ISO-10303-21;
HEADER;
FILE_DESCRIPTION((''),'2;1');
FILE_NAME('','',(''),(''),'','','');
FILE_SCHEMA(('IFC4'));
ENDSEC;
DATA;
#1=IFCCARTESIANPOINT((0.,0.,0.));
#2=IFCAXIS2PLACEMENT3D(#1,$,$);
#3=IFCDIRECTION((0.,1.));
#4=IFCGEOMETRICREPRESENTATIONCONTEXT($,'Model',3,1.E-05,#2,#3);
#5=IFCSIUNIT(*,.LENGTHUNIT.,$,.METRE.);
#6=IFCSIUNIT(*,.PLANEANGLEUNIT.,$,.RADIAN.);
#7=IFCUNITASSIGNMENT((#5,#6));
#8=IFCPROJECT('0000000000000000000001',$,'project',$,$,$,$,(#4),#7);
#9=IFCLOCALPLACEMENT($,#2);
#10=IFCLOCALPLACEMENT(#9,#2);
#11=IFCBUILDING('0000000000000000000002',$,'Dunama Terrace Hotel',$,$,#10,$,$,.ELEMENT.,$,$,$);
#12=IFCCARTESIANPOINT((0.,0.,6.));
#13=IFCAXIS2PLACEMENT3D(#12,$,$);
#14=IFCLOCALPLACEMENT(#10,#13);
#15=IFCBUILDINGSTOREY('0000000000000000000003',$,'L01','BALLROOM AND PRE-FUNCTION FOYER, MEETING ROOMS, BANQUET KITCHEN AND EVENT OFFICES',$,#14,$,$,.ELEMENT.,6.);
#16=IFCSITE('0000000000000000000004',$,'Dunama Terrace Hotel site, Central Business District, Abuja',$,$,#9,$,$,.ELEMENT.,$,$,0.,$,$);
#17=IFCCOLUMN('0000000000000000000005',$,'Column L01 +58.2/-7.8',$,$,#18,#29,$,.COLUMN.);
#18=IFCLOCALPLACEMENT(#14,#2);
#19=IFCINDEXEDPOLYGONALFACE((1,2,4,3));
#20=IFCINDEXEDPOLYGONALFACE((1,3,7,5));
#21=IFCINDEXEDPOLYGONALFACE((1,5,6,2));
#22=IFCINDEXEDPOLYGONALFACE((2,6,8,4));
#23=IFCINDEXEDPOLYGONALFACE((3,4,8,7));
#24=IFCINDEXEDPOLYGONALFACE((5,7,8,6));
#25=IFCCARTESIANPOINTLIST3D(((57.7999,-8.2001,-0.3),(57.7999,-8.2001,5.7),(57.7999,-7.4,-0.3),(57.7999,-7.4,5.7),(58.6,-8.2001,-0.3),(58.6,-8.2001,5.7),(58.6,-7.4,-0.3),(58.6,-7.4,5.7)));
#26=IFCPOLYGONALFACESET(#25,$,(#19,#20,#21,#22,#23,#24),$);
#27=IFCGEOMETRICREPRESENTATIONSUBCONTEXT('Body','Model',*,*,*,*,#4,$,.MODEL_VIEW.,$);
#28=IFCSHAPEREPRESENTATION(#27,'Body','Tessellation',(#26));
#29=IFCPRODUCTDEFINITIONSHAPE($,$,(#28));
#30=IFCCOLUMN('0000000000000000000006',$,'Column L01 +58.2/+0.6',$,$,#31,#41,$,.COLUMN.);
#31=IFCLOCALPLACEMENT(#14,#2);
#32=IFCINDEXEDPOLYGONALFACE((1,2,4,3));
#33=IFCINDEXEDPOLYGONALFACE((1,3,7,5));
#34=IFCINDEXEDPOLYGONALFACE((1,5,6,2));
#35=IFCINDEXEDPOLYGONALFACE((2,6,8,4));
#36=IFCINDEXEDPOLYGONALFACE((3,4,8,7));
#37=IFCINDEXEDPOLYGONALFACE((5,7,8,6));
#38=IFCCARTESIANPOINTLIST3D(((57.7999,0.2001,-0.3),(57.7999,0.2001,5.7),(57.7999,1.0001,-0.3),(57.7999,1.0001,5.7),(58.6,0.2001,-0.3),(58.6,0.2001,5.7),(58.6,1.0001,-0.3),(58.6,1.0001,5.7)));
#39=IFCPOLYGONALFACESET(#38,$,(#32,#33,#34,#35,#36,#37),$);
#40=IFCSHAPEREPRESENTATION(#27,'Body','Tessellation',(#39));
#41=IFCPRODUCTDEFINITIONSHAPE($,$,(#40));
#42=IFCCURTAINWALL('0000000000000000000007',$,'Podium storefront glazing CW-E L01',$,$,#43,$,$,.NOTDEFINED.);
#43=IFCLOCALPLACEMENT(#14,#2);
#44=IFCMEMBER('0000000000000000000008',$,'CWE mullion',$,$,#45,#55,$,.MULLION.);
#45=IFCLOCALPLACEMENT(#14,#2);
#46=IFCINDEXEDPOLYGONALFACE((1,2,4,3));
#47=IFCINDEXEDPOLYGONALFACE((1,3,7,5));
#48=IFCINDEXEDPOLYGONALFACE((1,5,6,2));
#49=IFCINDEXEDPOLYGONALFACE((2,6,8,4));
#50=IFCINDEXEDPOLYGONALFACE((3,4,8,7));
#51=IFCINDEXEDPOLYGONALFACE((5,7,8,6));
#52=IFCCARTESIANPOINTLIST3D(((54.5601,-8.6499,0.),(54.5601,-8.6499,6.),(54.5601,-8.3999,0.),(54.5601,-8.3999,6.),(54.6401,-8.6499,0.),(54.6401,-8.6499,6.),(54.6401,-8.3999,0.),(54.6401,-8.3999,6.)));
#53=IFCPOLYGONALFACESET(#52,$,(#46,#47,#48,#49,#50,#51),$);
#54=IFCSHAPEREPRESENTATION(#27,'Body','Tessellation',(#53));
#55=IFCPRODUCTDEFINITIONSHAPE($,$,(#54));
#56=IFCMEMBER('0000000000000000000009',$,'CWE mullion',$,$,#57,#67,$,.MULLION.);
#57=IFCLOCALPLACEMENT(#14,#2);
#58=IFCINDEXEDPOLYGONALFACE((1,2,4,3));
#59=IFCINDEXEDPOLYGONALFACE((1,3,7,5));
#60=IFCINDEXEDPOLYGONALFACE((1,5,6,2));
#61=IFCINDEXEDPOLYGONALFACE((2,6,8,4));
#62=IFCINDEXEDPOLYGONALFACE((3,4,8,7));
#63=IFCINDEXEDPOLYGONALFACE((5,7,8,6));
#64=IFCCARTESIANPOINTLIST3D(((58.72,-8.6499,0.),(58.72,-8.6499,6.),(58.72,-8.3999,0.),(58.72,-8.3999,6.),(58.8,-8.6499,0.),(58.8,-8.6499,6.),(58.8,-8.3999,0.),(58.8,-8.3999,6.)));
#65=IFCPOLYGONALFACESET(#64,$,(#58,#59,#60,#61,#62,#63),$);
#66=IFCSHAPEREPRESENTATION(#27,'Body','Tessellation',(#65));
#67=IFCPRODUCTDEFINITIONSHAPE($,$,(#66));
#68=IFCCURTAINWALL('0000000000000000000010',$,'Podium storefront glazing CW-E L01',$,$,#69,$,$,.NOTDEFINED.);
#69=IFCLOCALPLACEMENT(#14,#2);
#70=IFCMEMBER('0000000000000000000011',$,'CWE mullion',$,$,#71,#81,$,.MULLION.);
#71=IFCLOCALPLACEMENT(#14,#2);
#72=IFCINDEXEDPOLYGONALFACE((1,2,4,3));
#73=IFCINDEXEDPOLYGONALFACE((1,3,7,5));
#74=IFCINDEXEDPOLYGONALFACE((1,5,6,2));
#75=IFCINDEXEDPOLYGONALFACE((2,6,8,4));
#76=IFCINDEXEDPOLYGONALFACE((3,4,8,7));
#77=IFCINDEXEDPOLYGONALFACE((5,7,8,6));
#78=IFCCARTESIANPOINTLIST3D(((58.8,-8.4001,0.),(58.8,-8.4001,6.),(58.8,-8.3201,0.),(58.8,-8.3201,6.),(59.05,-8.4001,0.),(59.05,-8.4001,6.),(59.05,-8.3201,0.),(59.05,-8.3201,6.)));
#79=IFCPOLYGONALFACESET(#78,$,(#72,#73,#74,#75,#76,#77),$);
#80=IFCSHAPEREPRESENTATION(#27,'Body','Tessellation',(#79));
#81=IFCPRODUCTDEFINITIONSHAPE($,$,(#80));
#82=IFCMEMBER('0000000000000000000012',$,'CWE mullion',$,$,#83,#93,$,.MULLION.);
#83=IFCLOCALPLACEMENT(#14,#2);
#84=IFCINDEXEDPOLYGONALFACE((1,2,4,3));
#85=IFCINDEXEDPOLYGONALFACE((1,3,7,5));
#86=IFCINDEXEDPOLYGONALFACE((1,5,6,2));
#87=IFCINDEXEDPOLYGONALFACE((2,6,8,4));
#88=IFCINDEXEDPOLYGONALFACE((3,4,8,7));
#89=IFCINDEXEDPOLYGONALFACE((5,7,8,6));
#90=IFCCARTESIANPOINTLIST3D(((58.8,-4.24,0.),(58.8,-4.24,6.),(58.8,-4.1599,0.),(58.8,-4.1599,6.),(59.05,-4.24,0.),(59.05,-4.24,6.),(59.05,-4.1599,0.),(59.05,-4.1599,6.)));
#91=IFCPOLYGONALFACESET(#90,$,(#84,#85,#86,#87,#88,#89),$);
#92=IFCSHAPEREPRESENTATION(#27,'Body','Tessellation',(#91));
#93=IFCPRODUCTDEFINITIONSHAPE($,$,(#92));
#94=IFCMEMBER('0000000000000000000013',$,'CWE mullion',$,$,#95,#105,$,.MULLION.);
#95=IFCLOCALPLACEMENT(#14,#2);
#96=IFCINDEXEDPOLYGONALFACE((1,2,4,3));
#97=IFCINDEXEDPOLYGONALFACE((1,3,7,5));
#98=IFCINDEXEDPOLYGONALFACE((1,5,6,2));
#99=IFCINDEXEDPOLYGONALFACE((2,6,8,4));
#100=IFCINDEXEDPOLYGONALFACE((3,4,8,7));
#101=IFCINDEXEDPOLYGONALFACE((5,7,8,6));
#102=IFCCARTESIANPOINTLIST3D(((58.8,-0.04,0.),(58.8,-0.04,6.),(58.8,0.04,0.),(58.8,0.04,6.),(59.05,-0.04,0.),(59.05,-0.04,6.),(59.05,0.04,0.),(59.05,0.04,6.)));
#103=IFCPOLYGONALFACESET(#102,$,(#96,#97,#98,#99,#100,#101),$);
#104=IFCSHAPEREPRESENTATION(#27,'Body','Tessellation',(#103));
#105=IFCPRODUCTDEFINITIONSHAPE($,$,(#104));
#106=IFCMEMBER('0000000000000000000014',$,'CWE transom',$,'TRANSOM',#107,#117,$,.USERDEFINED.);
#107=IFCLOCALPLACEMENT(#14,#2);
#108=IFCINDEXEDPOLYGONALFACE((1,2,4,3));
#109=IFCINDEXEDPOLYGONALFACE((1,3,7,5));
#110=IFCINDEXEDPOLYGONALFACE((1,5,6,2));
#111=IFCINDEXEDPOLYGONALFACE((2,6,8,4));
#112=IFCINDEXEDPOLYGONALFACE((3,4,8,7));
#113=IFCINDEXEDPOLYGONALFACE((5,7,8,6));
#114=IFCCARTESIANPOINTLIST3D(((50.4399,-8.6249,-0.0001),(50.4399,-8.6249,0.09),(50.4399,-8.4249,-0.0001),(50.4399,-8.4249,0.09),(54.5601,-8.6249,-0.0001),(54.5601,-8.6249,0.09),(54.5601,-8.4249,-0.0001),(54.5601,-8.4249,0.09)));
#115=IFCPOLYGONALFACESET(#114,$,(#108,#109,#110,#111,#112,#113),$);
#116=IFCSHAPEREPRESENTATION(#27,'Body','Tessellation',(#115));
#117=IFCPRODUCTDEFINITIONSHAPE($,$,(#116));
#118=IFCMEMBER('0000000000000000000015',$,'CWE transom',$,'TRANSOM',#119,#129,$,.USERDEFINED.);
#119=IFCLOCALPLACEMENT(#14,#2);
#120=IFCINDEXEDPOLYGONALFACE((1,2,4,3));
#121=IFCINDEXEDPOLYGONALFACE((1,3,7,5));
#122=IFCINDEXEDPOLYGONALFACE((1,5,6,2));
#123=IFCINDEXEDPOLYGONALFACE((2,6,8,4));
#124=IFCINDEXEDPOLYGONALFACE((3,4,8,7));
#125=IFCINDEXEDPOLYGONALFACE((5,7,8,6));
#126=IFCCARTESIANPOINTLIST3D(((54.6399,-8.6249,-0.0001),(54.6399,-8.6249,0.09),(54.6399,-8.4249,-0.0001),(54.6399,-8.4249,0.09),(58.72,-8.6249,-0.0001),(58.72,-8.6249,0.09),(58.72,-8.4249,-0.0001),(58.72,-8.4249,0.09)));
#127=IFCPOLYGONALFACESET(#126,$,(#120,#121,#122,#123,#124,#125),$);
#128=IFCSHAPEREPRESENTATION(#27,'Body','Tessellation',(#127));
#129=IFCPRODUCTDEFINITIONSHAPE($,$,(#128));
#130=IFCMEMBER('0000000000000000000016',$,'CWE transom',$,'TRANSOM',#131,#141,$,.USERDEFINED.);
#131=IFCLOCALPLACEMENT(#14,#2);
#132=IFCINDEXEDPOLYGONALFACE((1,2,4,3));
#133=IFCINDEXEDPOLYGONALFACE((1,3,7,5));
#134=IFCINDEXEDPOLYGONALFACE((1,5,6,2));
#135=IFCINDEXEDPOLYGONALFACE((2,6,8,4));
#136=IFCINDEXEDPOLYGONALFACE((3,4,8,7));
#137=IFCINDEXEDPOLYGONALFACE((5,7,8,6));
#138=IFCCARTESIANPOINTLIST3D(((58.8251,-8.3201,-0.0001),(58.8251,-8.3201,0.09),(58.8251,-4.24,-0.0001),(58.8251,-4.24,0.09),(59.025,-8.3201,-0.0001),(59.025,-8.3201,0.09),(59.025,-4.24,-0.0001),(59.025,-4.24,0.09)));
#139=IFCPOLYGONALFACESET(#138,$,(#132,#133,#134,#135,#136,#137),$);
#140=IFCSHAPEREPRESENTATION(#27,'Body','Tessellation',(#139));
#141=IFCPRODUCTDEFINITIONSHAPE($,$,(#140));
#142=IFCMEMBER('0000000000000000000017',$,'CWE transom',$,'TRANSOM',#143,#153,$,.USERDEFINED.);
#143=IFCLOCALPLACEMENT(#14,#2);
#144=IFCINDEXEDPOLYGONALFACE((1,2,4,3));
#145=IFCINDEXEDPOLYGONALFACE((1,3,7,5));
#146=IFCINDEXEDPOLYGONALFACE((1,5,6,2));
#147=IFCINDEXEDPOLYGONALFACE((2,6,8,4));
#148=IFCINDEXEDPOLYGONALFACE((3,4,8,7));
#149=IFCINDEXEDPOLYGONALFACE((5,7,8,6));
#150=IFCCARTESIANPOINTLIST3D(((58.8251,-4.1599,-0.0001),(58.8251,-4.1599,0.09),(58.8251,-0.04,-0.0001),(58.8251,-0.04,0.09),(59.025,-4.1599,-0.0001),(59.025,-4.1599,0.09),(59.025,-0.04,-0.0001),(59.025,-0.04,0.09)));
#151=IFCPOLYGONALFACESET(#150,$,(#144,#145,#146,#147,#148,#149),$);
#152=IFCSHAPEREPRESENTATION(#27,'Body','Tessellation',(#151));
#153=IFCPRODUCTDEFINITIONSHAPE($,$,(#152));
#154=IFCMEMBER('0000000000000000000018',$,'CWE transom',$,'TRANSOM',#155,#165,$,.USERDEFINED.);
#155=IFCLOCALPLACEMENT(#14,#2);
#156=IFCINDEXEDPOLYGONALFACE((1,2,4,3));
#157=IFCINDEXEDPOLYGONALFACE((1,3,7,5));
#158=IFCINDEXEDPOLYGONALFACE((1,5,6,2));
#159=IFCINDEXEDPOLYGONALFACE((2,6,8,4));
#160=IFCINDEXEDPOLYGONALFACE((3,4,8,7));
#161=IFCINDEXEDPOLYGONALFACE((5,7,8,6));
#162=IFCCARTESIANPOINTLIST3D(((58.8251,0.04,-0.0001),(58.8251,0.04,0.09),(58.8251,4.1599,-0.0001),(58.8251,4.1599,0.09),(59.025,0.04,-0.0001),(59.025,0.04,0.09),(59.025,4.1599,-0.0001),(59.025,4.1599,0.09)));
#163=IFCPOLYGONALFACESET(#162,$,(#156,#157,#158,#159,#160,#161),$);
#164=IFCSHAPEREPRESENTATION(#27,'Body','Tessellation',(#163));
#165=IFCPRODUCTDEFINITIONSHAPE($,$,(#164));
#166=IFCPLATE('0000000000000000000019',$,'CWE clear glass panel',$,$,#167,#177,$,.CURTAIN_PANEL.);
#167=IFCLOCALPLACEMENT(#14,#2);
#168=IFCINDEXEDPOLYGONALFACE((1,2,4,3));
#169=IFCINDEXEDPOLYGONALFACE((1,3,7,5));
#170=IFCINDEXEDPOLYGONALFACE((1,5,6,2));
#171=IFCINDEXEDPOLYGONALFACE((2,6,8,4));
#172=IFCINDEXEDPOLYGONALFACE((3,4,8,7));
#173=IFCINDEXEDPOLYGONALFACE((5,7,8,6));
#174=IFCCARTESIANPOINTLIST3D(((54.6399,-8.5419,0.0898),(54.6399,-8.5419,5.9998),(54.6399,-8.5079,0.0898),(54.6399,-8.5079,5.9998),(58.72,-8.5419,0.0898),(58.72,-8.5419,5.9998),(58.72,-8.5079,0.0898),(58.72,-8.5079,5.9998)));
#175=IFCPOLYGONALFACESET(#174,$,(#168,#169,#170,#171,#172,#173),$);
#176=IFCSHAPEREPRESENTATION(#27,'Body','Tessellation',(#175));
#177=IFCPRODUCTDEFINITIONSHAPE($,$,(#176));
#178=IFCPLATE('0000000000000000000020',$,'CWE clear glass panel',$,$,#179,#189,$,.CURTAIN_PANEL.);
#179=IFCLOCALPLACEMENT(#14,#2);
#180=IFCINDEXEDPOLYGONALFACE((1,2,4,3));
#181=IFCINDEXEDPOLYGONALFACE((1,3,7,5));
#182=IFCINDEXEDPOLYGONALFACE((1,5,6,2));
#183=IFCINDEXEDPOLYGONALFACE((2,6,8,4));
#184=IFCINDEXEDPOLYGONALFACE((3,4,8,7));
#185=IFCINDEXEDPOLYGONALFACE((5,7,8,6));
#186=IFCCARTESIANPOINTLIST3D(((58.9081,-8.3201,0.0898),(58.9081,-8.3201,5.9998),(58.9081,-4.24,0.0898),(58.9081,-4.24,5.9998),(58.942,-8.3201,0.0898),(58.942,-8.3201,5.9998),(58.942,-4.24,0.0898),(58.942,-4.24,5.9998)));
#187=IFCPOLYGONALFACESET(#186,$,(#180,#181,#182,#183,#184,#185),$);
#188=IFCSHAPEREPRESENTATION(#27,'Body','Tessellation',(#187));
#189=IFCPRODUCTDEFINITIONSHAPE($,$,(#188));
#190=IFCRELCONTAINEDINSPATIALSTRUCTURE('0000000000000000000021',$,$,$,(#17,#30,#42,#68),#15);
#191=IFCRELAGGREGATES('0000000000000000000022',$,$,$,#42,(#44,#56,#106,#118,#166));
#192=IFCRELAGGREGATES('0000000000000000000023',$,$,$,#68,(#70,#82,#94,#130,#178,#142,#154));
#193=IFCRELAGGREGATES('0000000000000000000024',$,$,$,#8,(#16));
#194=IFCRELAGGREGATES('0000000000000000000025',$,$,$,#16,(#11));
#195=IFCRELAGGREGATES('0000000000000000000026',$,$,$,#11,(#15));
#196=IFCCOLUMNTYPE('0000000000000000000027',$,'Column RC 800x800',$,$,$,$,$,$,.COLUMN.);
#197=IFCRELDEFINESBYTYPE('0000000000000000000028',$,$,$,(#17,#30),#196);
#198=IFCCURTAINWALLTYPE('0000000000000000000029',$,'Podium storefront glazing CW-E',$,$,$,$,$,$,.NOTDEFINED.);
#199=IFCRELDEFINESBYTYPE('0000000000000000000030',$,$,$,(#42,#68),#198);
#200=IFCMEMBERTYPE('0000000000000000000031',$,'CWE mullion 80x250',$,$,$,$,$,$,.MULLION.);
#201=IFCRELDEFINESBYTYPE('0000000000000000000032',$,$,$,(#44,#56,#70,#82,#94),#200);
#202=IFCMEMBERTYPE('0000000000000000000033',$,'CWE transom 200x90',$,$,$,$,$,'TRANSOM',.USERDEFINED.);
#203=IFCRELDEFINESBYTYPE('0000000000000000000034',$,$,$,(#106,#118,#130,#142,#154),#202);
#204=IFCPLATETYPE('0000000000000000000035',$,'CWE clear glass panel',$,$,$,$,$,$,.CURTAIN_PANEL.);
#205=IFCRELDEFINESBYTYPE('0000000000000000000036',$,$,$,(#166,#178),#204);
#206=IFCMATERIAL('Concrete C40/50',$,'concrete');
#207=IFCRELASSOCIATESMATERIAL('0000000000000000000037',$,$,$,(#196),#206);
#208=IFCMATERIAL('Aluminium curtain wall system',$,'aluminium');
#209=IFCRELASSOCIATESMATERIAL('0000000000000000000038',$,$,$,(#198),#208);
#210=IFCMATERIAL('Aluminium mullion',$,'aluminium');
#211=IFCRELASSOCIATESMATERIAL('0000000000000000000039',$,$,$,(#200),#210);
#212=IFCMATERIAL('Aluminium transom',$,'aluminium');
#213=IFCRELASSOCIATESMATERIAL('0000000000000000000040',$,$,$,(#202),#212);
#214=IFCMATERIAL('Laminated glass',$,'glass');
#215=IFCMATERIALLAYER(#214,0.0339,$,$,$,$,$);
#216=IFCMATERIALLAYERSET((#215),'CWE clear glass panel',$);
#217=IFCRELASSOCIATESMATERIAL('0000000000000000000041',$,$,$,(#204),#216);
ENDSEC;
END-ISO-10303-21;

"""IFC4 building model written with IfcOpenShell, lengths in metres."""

from ifc_helpers import new_model, si_unit, direction, frame, origin, origin_2d, place, context, subcontext, project, spatial, rectangle, extrude, material, layer, layer_set, material_profile, profile_set, type_object, element, aggregate, save


model = new_model("IFC4")

# Units and contexts
model_context = context("Model", 3, precision=1e-05, world=origin(), true_north=direction((0.0, 1.0)))
body_context = subcontext(model_context, "Body", "Model", "MODEL_VIEW")
ifc_project = project(units=[si_unit("LENGTHUNIT", "METRE"), si_unit("PLANEANGLEUNIT", "RADIAN")], contexts=[model_context])

# Site, building, storey
site_placement = place(None, origin())
site = spatial("IfcSite", under=ifc_project, at=site_placement, Name="Dunama Terrace Hotel site, Central Business District, Abuja", CompositionType="ELEMENT", RefElevation=0.0)
building_placement = place(site_placement, origin())
building = spatial("IfcBuilding", under=site, at=building_placement, Name="Dunama Terrace Hotel", CompositionType="ELEMENT")
storey_placement = place(building_placement, frame((0.0, 0.0, 6.0)))
storey = spatial("IfcBuildingStorey", under=building, at=storey_placement, Name="L01", Description="BALLROOM AND PRE-FUNCTION FOYER, MEETING ROOMS, BANQUET KITCHEN AND EVENT OFFICES", CompositionType="ELEMENT", Elevation=6.0)

# Columns
ifc_material_1 = material(Name="Concrete C40/50", Category="concrete")
ifc_material_profile_1 = material_profile(ifc_material_1, rectangle(XDim=0.8, YDim=0.8, at=origin_2d()), Name="RC 800x800")
ifc_profile_set_1 = profile_set([ifc_material_profile_1], Name="Concrete C40/50")
column_type = type_object("IfcColumnType", Name="Column RC 800x800", PredefinedType="COLUMN", material=ifc_profile_set_1)
for number, where, z_axis, x_axis, name in (
    (1, (58.2, -7.8, -0.3), (0.0, 0.0, 1.0), (1.0, 0.0, 0.0), "Column L01 +58.2/-7.8"),
    (2, (58.2, 0.6001, -0.3), (0.0, 0.0, 1.0), (1.0, 0.0, 0.0), "Column L01 +58.2/+0.6"),
):
    element("IfcColumn", number, at=place(storey_placement, frame(where, z_axis=z_axis, x_axis=x_axis)), inside=storey, type_object=column_type, Name=name, PredefinedType="COLUMN", context=body_context, shape_type="SweptSolid", body=[
        extrude(rectangle(XDim=0.8, YDim=0.8, at=origin_2d()), origin(), (0.0, 0.0, 1.0), 6.0),
    ])

# Curtain walls, members
ifc_material_2 = material(Name="Aluminium curtain wall system", Category="aluminium")
curtain_wall_type = type_object("IfcCurtainWallType", Name="Podium storefront glazing CW-E", PredefinedType="NOTDEFINED", material=ifc_material_2)
curtain_wall_1_placement = place(storey_placement, origin())
curtain_wall_1 = element("IfcCurtainWall", 3, at=curtain_wall_1_placement, inside=storey, type_object=curtain_wall_type, Name="Podium storefront glazing CW-E L01", PredefinedType="NOTDEFINED")
ifc_material_3 = material(Name="Aluminium mullion", Category="aluminium")
ifc_material_profile_2 = material_profile(ifc_material_3, rectangle(XDim=0.0801, YDim=0.25, at=origin_2d()), Name="CWE MULLION 80X250")
ifc_profile_set_2 = profile_set([ifc_material_profile_2], Name="Aluminium mullion")
member_type_1 = type_object("IfcMemberType", Name="CWE mullion 80x250", PredefinedType="MULLION", material=ifc_profile_set_2)
member_1_placement = place(storey_placement, frame((54.6001, -8.5249, 0.0), z_axis=(0.0, 0.0, 1.0), x_axis=(1.0, 0.0, 0.0)))
member_1 = element("IfcMember", 4, at=member_1_placement, type_object=member_type_1, Name="CWE mullion", PredefinedType="MULLION", context=body_context, shape_type="SweptSolid", body=[
    extrude(rectangle(XDim=0.0801, YDim=0.25, at=origin_2d()), origin(), (0.0, 0.0, 1.0), 6.0),
])
member_2_placement = place(storey_placement, frame((58.76, -8.5249, 0.0), z_axis=(0.0, 0.0, 1.0), x_axis=(1.0, 0.0, 0.0)))
member_2 = element("IfcMember", 5, at=member_2_placement, type_object=member_type_1, Name="CWE mullion", PredefinedType="MULLION", context=body_context, shape_type="SweptSolid", body=[
    extrude(rectangle(XDim=0.0801, YDim=0.25, at=origin_2d()), origin(), (0.0, 0.0, 1.0), 6.0),
])
curtain_wall_2_placement = place(storey_placement, origin())
curtain_wall_2 = element("IfcCurtainWall", 6, at=curtain_wall_2_placement, inside=storey, type_object=curtain_wall_type, Name="Podium storefront glazing CW-E L01", PredefinedType="NOTDEFINED")
member_3_placement = place(storey_placement, frame((58.925, -8.3601, 0.0), z_axis=(0.0, 0.0, 1.0), x_axis=(0.0, 1.0, 0.0)))
member_3 = element("IfcMember", 7, at=member_3_placement, type_object=member_type_1, Name="CWE mullion", PredefinedType="MULLION", context=body_context, shape_type="SweptSolid", body=[
    extrude(rectangle(XDim=0.0801, YDim=0.25, at=origin_2d()), origin(), (0.0, 0.0, 1.0), 6.0),
])
member_4_placement = place(storey_placement, frame((58.925, -4.2, 0.0), z_axis=(0.0, 0.0, 1.0), x_axis=(0.0, 1.0, 0.0)))
member_4 = element("IfcMember", 8, at=member_4_placement, type_object=member_type_1, Name="CWE mullion", PredefinedType="MULLION", context=body_context, shape_type="SweptSolid", body=[
    extrude(rectangle(XDim=0.0801, YDim=0.25, at=origin_2d()), origin(), (0.0, 0.0, 1.0), 6.0),
])
member_5_placement = place(storey_placement, frame((58.925, 0.0, 0.0), z_axis=(0.0, 0.0, 1.0), x_axis=(0.0, 1.0, 0.0)))
member_5 = element("IfcMember", 9, at=member_5_placement, type_object=member_type_1, Name="CWE mullion", PredefinedType="MULLION", context=body_context, shape_type="SweptSolid", body=[
    extrude(rectangle(XDim=0.0801, YDim=0.25, at=origin_2d()), origin(), (0.0, 0.0, 1.0), 6.0),
])

# Members
ifc_material_4 = material(Name="Aluminium transom", Category="aluminium")
ifc_material_profile_3 = material_profile(ifc_material_4, rectangle(XDim=0.2, YDim=0.0901, at=origin_2d()), Name="CWE TRANSOM 200X90")
ifc_profile_set_3 = profile_set([ifc_material_profile_3], Name="Aluminium transom")
member_type_2 = type_object("IfcMemberType", Name="CWE transom 200x90", ElementType="TRANSOM", PredefinedType="USERDEFINED", material=ifc_profile_set_3)
member_6_placement = place(storey_placement, frame((50.4399, -8.5249, 0.0449), z_axis=(1.0, 0.0, 0.0), x_axis=(0.0, 1.0, 0.0)))
member_6 = element("IfcMember", 10, at=member_6_placement, type_object=member_type_2, Name="CWE transom", ObjectType="TRANSOM", PredefinedType="USERDEFINED", context=body_context, shape_type="SweptSolid", body=[
    extrude(rectangle(XDim=0.2, YDim=0.0901, at=origin_2d()), origin(), (0.0, 0.0, 1.0), 4.1201),
])
member_7_placement = place(storey_placement, frame((54.6399, -8.5249, 0.0449), z_axis=(1.0, 0.0, 0.0), x_axis=(0.0, 1.0, 0.0)))
member_7 = element("IfcMember", 11, at=member_7_placement, type_object=member_type_2, Name="CWE transom", ObjectType="TRANSOM", PredefinedType="USERDEFINED", context=body_context, shape_type="SweptSolid", body=[
    extrude(rectangle(XDim=0.2, YDim=0.0901, at=origin_2d()), origin(), (0.0, 0.0, 1.0), 4.0801),
])
member_8_placement = place(storey_placement, frame((58.925, -8.3201, 0.0449), z_axis=(0.0, 1.0, 0.0), x_axis=(-1.0, 0.0, 0.0)))
member_8 = element("IfcMember", 12, at=member_8_placement, type_object=member_type_2, Name="CWE transom", ObjectType="TRANSOM", PredefinedType="USERDEFINED", context=body_context, shape_type="SweptSolid", body=[
    extrude(rectangle(XDim=0.2, YDim=0.0901, at=origin_2d()), origin(), (0.0, 0.0, 1.0), 4.0801),
])
member_9_placement = place(storey_placement, frame((58.925, -4.1599, 0.0449), z_axis=(0.0, 1.0, 0.0), x_axis=(-1.0, 0.0, 0.0)))
member_9 = element("IfcMember", 13, at=member_9_placement, type_object=member_type_2, Name="CWE transom", ObjectType="TRANSOM", PredefinedType="USERDEFINED", context=body_context, shape_type="SweptSolid", body=[
    extrude(rectangle(XDim=0.2, YDim=0.0901, at=origin_2d()), origin(), (0.0, 0.0, 1.0), 4.1199),
])
member_10_placement = place(storey_placement, frame((58.925, 0.04, 0.0449), z_axis=(0.0, 1.0, 0.0), x_axis=(-1.0, 0.0, 0.0)))
member_10 = element("IfcMember", 14, at=member_10_placement, type_object=member_type_2, Name="CWE transom", ObjectType="TRANSOM", PredefinedType="USERDEFINED", context=body_context, shape_type="SweptSolid", body=[
    extrude(rectangle(XDim=0.2, YDim=0.0901, at=origin_2d()), origin(), (0.0, 0.0, 1.0), 4.1199),
])

# Plates
ifc_material_5 = material(Name="Laminated glass", Category="glass")
ifc_layer_1 = layer(ifc_material_5, 0.0339)
ifc_layer_set_1 = layer_set([ifc_layer_1], Name="CWE clear glass panel")
plate_type_1 = type_object("IfcPlateType", Name="CWE clear glass panel", PredefinedType="CURTAIN_PANEL", material=ifc_layer_set_1)
plate_1_placement = place(storey_placement, frame((56.6799, -8.5249, 0.0898), z_axis=(0.0, 0.0, 1.0), x_axis=(1.0, 0.0, 0.0)))
plate_1 = element("IfcPlate", 15, at=plate_1_placement, type_object=plate_type_1, Name="CWE clear glass panel", PredefinedType="CURTAIN_PANEL", context=body_context, shape_type="SweptSolid", body=[
    extrude(rectangle(XDim=4.0801, YDim=0.0339, at=origin_2d()), origin(), (0.0, 0.0, 1.0), 5.9099),
])
plate_2_placement = place(storey_placement, frame((58.925, -6.28, 0.0898), z_axis=(0.0, 0.0, 1.0), x_axis=(0.0, 1.0, 0.0)))
plate_2 = element("IfcPlate", 16, at=plate_2_placement, type_object=plate_type_1, Name="CWE clear glass panel", PredefinedType="CURTAIN_PANEL", context=body_context, shape_type="SweptSolid", body=[
    extrude(rectangle(XDim=4.0801, YDim=0.0339, at=origin_2d()), origin(), (0.0, 0.0, 1.0), 5.9099),
])
aggregate(curtain_wall_1, [member_1, member_2, member_6, member_7, plate_1])
aggregate(curtain_wall_2, [member_3, member_4, member_5, member_8, plate_2, member_9, member_10])

save(model, "model.ifc")
